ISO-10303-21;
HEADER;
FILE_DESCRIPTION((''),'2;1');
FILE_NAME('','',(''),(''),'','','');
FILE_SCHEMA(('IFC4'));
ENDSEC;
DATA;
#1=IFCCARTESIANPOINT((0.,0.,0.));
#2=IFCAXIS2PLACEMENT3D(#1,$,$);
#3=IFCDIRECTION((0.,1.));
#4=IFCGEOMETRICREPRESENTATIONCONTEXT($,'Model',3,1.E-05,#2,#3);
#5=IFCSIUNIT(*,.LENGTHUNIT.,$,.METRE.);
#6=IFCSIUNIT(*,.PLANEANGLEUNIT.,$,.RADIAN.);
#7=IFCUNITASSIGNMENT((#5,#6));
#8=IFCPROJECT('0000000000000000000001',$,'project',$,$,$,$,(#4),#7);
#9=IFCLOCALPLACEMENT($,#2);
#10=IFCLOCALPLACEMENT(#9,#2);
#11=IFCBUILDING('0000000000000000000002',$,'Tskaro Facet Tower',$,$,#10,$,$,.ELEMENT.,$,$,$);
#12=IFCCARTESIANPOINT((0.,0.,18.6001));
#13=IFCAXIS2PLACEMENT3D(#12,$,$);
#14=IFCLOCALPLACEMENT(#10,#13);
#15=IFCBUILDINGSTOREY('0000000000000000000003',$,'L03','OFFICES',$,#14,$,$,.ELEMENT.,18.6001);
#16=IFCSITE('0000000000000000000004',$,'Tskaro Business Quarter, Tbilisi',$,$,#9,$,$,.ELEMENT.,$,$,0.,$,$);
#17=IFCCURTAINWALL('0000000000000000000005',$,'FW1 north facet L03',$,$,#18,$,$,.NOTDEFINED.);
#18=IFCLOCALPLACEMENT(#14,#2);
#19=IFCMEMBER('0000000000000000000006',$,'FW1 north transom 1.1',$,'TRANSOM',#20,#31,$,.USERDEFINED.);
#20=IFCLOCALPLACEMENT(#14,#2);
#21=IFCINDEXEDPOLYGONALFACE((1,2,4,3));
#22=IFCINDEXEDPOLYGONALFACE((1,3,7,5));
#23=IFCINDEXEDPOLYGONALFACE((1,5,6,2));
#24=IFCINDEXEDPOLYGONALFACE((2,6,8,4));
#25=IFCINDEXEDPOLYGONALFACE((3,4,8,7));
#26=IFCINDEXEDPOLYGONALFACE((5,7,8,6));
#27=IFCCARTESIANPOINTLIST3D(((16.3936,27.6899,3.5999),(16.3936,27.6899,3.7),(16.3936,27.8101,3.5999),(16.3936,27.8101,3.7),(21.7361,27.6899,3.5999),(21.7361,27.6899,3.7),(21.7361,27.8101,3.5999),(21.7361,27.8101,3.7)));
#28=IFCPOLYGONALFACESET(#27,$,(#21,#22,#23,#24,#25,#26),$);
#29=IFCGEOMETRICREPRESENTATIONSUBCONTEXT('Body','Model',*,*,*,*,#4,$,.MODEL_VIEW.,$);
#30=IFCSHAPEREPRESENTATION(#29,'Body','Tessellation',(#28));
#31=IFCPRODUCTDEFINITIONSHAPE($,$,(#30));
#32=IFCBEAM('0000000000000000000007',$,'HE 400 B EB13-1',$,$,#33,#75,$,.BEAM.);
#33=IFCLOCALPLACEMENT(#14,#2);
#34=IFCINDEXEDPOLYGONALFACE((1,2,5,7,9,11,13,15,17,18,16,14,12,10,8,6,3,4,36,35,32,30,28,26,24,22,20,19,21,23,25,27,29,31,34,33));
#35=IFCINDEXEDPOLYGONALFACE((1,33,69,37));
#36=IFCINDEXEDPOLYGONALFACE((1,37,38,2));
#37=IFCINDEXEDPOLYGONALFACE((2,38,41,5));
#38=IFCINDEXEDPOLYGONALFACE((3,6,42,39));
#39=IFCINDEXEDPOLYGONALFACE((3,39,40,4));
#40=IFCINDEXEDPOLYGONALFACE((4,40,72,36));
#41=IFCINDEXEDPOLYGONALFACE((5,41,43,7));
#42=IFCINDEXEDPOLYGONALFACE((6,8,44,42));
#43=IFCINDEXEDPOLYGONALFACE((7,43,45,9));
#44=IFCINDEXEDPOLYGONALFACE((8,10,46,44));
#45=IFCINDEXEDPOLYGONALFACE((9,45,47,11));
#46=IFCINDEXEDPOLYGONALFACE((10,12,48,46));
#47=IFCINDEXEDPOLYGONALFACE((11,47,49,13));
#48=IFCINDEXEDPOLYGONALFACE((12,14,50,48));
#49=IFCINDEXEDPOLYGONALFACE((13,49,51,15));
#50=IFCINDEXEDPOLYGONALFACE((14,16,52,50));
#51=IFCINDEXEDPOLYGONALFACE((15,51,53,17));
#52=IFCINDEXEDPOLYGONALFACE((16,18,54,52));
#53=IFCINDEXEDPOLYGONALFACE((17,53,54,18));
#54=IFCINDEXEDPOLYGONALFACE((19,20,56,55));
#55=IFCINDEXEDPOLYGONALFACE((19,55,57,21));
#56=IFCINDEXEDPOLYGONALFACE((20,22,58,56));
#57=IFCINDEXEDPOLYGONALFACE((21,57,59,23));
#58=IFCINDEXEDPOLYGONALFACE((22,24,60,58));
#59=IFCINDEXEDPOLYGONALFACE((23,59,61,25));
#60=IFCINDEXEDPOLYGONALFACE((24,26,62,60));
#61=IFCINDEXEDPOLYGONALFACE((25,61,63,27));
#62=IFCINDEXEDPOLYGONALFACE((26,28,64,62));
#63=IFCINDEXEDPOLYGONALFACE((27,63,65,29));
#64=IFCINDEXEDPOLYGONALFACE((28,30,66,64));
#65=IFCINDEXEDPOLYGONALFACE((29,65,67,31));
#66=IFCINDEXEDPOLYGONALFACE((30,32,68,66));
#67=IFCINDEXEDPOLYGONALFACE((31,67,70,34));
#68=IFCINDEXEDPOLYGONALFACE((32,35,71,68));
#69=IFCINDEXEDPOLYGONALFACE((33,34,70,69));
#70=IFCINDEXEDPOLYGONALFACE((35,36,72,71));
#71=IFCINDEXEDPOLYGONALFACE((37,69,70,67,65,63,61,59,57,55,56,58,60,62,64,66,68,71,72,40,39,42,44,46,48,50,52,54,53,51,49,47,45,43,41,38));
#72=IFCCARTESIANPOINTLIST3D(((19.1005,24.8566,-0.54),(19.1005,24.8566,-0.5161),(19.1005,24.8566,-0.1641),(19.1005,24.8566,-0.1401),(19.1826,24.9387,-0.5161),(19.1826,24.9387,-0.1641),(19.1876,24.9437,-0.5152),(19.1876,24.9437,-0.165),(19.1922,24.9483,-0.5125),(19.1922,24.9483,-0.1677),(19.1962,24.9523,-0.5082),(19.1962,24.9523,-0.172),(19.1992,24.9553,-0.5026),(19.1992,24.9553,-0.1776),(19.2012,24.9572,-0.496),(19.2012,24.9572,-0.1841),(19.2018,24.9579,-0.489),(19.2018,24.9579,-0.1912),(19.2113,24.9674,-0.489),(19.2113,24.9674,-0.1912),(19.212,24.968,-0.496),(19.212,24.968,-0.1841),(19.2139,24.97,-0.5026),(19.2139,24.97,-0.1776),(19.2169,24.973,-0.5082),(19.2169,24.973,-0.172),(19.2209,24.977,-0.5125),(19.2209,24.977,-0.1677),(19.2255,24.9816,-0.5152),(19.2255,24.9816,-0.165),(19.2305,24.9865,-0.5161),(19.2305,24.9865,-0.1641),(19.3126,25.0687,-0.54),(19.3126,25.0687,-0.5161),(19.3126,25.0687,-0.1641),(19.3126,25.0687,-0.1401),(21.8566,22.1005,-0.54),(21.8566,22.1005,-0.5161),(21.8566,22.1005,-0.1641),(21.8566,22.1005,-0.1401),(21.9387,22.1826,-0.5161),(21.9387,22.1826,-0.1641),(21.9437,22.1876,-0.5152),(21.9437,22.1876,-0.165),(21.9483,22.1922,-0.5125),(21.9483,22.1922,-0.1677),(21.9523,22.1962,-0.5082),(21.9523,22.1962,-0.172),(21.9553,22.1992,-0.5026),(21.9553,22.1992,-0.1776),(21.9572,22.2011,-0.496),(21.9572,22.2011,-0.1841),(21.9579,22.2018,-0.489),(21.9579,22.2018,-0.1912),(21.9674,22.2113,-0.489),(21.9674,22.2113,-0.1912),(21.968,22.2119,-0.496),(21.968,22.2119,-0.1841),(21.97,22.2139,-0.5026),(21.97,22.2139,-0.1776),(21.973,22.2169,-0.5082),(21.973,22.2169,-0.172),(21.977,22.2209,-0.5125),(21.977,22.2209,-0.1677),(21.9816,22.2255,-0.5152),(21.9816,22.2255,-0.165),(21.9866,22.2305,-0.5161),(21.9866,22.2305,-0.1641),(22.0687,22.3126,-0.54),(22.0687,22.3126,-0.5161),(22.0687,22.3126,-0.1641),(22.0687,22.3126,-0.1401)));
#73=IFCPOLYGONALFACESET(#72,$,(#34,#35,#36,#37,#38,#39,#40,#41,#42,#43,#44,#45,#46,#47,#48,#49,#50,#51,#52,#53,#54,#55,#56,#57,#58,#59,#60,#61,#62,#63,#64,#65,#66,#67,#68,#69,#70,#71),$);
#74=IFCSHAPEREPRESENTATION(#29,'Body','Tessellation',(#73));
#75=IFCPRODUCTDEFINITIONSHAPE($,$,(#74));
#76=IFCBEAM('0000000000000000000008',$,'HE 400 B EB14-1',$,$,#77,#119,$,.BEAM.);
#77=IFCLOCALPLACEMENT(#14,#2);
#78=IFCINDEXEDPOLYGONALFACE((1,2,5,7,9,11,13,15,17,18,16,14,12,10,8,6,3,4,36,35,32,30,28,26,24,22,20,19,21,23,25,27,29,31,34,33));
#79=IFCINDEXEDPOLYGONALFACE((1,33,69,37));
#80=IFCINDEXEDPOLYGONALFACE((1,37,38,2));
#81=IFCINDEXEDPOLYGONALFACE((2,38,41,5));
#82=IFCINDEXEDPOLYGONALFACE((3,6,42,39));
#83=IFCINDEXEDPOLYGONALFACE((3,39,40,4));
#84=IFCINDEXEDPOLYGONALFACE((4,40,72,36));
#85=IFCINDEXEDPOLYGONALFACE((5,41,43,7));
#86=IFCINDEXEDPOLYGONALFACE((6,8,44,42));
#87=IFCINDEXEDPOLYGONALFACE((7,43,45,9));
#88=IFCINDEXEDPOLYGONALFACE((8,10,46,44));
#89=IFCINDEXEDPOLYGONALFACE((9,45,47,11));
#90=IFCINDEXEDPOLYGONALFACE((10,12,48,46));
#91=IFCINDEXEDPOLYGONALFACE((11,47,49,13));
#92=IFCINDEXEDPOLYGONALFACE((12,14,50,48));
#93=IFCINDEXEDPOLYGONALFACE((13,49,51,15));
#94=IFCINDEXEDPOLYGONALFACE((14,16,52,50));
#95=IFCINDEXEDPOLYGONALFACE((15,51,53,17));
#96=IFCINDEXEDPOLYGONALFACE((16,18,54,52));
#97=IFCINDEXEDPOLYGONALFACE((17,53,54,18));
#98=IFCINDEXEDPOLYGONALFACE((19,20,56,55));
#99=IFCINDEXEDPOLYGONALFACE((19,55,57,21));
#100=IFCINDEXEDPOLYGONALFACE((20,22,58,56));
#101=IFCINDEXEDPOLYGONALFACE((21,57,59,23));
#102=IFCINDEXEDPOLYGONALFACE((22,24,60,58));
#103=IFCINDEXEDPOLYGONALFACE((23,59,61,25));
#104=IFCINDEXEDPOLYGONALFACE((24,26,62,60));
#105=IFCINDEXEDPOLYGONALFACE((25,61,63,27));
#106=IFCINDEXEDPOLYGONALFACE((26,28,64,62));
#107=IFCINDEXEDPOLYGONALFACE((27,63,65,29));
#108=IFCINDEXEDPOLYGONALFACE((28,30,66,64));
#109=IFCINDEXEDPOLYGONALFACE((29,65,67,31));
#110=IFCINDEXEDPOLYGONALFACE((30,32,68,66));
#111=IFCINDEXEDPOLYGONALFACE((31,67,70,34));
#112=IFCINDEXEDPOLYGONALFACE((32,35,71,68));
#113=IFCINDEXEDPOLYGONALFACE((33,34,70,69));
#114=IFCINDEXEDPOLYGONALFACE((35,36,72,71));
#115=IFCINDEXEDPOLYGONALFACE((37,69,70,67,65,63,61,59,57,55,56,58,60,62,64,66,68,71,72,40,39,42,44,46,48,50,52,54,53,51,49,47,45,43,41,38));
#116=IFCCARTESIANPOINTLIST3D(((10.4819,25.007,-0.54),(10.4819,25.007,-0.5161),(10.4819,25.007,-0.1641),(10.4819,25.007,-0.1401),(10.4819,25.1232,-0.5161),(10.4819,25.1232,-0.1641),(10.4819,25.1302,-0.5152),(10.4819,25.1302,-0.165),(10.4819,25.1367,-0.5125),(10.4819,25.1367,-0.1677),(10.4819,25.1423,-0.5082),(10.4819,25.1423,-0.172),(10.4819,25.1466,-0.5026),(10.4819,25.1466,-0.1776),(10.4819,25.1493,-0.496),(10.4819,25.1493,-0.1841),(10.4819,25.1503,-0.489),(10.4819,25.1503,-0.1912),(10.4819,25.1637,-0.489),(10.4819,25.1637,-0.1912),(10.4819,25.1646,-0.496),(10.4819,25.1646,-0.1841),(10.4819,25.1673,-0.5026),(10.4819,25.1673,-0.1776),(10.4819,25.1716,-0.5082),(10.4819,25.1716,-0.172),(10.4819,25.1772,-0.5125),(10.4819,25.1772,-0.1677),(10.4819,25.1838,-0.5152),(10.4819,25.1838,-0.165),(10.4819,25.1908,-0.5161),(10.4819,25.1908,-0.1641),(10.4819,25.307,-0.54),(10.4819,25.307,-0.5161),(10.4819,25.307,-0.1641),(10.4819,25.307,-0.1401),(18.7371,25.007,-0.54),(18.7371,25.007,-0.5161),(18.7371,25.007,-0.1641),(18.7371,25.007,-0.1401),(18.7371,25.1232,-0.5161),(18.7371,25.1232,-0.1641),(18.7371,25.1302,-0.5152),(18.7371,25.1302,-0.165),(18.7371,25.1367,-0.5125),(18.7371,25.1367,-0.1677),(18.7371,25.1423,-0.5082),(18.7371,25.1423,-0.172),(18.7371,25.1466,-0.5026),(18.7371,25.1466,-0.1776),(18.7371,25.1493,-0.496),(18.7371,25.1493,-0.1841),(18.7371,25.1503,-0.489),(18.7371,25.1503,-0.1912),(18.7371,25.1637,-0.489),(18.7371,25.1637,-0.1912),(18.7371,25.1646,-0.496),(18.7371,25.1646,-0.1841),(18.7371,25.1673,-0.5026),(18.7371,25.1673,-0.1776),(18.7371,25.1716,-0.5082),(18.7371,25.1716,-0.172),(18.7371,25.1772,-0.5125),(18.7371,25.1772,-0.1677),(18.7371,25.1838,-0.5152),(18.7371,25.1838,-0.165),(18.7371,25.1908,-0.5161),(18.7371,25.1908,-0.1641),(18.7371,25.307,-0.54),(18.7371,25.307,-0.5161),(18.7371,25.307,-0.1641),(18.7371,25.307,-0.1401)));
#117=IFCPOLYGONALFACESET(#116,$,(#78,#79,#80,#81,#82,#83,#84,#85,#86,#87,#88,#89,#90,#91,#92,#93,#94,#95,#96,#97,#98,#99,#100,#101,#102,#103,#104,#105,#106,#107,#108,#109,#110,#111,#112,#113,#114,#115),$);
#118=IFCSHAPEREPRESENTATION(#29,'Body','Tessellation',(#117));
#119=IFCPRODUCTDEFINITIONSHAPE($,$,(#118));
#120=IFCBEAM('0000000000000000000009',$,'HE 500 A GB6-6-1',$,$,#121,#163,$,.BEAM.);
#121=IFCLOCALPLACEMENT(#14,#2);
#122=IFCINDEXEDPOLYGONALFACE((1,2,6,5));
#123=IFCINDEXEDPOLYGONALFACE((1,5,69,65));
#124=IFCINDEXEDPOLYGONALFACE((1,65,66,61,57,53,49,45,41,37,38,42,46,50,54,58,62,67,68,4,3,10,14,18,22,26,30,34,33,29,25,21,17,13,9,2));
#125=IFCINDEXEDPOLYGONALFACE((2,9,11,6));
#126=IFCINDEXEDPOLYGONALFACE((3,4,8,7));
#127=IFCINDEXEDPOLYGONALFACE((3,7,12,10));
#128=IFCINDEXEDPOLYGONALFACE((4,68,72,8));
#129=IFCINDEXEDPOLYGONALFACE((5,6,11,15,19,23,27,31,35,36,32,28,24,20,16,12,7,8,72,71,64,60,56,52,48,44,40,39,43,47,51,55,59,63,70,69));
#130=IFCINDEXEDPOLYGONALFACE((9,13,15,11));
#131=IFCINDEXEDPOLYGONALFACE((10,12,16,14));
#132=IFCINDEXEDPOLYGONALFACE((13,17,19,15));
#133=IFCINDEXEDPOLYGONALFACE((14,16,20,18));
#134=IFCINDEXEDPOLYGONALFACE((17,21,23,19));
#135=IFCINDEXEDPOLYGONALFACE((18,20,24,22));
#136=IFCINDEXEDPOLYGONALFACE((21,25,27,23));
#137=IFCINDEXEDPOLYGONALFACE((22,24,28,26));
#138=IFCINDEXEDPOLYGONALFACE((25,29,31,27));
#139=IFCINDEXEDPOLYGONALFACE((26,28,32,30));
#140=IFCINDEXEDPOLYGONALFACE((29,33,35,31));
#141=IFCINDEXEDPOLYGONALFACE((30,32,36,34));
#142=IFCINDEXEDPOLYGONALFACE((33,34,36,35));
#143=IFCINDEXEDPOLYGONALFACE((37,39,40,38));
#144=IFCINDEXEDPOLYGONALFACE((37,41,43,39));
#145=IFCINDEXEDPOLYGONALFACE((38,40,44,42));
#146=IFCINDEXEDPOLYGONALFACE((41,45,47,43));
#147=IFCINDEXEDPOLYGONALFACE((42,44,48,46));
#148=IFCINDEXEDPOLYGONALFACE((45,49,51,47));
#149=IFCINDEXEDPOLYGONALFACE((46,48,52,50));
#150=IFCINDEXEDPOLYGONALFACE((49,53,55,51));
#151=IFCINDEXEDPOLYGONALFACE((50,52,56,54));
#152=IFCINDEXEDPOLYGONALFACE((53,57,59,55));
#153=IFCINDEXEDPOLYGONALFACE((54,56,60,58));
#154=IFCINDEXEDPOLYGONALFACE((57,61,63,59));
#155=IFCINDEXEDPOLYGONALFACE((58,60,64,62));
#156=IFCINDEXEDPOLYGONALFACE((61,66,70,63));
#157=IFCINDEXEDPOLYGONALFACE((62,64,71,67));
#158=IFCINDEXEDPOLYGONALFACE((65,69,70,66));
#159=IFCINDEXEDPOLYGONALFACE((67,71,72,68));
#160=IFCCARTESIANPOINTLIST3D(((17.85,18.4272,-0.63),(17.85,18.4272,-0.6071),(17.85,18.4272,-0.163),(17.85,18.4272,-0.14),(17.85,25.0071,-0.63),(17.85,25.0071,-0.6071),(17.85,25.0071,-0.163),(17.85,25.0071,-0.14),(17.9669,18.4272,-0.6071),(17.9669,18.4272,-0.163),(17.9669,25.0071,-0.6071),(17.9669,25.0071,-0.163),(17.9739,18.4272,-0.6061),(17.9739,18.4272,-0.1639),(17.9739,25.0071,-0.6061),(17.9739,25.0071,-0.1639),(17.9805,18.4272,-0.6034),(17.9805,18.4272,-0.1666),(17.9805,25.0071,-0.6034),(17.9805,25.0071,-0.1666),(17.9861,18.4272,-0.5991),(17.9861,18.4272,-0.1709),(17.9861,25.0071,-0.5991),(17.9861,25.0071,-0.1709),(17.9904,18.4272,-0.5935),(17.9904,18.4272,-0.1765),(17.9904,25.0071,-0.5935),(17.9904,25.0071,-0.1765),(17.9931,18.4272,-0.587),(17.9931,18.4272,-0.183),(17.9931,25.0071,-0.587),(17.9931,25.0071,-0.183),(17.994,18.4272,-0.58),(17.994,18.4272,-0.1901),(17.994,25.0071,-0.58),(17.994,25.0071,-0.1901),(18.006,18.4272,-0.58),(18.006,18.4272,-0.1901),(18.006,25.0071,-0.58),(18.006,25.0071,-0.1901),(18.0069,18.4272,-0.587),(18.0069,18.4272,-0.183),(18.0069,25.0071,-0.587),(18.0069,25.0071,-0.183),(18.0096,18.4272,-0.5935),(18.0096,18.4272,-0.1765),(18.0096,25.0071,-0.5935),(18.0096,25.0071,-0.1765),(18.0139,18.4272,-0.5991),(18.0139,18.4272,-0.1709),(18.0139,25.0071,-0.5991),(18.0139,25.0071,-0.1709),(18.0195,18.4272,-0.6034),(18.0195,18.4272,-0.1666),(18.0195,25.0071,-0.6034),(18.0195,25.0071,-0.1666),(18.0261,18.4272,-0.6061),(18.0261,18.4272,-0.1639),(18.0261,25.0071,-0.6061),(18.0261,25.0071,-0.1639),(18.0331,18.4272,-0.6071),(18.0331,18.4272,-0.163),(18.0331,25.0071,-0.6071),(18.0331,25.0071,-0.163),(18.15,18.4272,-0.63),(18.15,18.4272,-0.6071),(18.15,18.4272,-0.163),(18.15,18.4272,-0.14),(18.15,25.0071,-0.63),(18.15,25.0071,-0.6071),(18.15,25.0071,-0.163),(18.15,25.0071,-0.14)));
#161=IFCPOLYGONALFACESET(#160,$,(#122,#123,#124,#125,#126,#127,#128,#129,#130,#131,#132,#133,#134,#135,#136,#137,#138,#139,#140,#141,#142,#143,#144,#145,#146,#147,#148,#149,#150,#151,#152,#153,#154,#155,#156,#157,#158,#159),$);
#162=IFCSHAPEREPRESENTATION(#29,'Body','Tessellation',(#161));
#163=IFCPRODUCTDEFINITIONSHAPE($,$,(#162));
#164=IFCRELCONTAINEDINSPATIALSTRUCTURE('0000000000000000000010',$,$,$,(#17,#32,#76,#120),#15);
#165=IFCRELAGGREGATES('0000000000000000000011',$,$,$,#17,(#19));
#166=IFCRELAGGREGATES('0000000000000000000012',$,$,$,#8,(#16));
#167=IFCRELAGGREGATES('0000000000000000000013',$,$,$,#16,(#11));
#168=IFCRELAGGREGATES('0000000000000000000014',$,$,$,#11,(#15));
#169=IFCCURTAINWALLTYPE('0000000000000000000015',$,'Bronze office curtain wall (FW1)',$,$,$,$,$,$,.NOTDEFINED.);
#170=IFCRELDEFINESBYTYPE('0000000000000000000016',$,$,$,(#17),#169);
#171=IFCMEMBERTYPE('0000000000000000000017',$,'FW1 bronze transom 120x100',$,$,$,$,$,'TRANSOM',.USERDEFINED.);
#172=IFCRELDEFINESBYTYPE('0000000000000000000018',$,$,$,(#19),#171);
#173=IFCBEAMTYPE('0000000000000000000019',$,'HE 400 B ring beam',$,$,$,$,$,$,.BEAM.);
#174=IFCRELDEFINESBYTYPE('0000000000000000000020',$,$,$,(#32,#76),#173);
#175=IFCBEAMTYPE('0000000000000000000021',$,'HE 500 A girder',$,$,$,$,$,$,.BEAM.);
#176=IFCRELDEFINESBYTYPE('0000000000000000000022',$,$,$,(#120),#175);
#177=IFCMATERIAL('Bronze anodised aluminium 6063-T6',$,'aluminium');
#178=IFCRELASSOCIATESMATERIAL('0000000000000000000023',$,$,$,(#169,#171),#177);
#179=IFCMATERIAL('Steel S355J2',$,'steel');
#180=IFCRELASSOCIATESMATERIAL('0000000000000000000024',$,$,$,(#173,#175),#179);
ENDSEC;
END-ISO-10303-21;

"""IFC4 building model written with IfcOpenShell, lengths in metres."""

from ifc_helpers import new_model, si_unit, direction, frame, origin, origin_2d, place, context, subcontext, project, spatial, rectangle, i_section, extrude, material, material_profile, profile_set, type_object, element, aggregate, save


model = new_model("IFC4")

# Units and contexts
model_context = context("Model", 3, precision=1e-05, world=origin(), true_north=direction((0.0, 1.0)))
body_context = subcontext(model_context, "Body", "Model", "MODEL_VIEW")
ifc_project = project(units=[si_unit("LENGTHUNIT", "METRE"), si_unit("PLANEANGLEUNIT", "RADIAN")], contexts=[model_context])

# Site, building, storey
site_placement = place(None, origin())
site = spatial("IfcSite", under=ifc_project, at=site_placement, Name="Tskaro Business Quarter, Tbilisi", CompositionType="ELEMENT", RefElevation=0.0)
building_placement = place(site_placement, origin())
building = spatial("IfcBuilding", under=site, at=building_placement, Name="Tskaro Facet Tower", CompositionType="ELEMENT")
storey_placement = place(building_placement, frame((0.0, 0.0, 18.6001)))
storey = spatial("IfcBuildingStorey", under=building, at=storey_placement, Name="L03", Description="OFFICES", CompositionType="ELEMENT", Elevation=18.6001)

# Curtain wall
ifc_material_1 = material(Name="Bronze anodised aluminium 6063-T6", Category="aluminium")
curtain_wall_type = type_object("IfcCurtainWallType", Name="Bronze office curtain wall (FW1)", PredefinedType="NOTDEFINED", material=ifc_material_1)
curtain_wall_1_placement = place(storey_placement, origin())
curtain_wall_1 = element("IfcCurtainWall", 1, at=curtain_wall_1_placement, inside=storey, type_object=curtain_wall_type, Name="FW1 north facet L03", PredefinedType="NOTDEFINED")

# Member
ifc_material_profile_1 = material_profile(ifc_material_1, rectangle(XDim=0.1201, YDim=0.1001, at=origin_2d()), Name="Transom 120x100")
ifc_profile_set_1 = profile_set([ifc_material_profile_1], Name="Bronze anodised aluminium 6063-T6")
member_type_1 = type_object("IfcMemberType", Name="FW1 bronze transom 120x100", ElementType="TRANSOM", PredefinedType="USERDEFINED", material=ifc_profile_set_1)
member_1_placement = place(storey_placement, frame((21.7361, 27.75, 3.6499), z_axis=(-1.0, 0.0, 0.0), x_axis=(0.0, -1.0, 0.0)))
member_1 = element("IfcMember", 2, at=member_1_placement, type_object=member_type_1, Name="FW1 north transom 1.1", ObjectType="TRANSOM", PredefinedType="USERDEFINED", context=body_context, shape_type="SweptSolid", body=[
    extrude(rectangle(XDim=0.1201, YDim=0.1001, at=origin_2d()), origin(), (0.0, 0.0, 1.0), 5.3425),
])

# Beams
ifc_material_2 = material(Name="Steel S355J2", Category="steel")
ifc_material_profile_2 = material_profile(ifc_material_2, i_section(OverallWidth=0.3, OverallDepth=0.3999, WebThickness=0.0134, FlangeThickness=0.0239, FilletRadius=0.0271, at=origin_2d()), Name="HE 400 B")
ifc_profile_set_2 = profile_set([ifc_material_profile_2], Name="Steel S355J2")
beam_type_1 = type_object("IfcBeamType", Name="HE 400 B ring beam", PredefinedType="BEAM", material=ifc_profile_set_2)
beam_1_placement = place(storey_placement, frame((21.9626, 22.2065, -0.3401), z_axis=(-0.707107, 0.707107, 0.0), x_axis=(-0.707107, -0.707107, 0.0)))
element("IfcBeam", 3, at=beam_1_placement, inside=storey, type_object=beam_type_1, Name="HE 400 B EB13-1", PredefinedType="BEAM", context=body_context, shape_type="SweptSolid", body=[
    extrude(i_section(OverallWidth=0.3, OverallDepth=0.3999, WebThickness=0.0134, FlangeThickness=0.0239, FilletRadius=0.0271, at=origin_2d()), origin(), (0.0, 0.0, 1.0), 3.8977),
])
beam_2_placement = place(storey_placement, frame((18.7371, 25.157, -0.3401), z_axis=(-1.0, 0.0, 0.0), x_axis=(0.0, -1.0, 0.0)))
element("IfcBeam", 4, at=beam_2_placement, inside=storey, type_object=beam_type_1, Name="HE 400 B EB14-1", PredefinedType="BEAM", context=body_context, shape_type="SweptSolid", body=[
    extrude(i_section(OverallWidth=0.3, OverallDepth=0.3999, WebThickness=0.0134, FlangeThickness=0.0239, FilletRadius=0.0271, at=origin_2d()), origin(), (0.0, 0.0, 1.0), 8.2551),
])
ifc_material_profile_3 = material_profile(ifc_material_2, i_section(OverallWidth=0.3, OverallDepth=0.49, WebThickness=0.012, FlangeThickness=0.0229, FilletRadius=0.0271, at=origin_2d()), Name="HE 500 A")
ifc_profile_set_3 = profile_set([ifc_material_profile_3], Name="Steel S355J2")
beam_type_2 = type_object("IfcBeamType", Name="HE 500 A girder", PredefinedType="BEAM", material=ifc_profile_set_3)
beam_3_placement = place(storey_placement, frame((18.0, 18.4272, -0.385), z_axis=(0.0, 1.0, 0.0), x_axis=(-1.0, 0.0, 0.0)))
element("IfcBeam", 5, at=beam_3_placement, inside=storey, type_object=beam_type_2, Name="HE 500 A GB6-6-1", PredefinedType="BEAM", context=body_context, shape_type="SweptSolid", body=[
    extrude(i_section(OverallWidth=0.3, OverallDepth=0.49, WebThickness=0.012, FlangeThickness=0.0229, FilletRadius=0.0271, at=origin_2d()), origin(), (0.0, 0.0, 1.0), 6.5798),
])

aggregate(curtain_wall_1, [member_1])

save(model, "model.ifc")
